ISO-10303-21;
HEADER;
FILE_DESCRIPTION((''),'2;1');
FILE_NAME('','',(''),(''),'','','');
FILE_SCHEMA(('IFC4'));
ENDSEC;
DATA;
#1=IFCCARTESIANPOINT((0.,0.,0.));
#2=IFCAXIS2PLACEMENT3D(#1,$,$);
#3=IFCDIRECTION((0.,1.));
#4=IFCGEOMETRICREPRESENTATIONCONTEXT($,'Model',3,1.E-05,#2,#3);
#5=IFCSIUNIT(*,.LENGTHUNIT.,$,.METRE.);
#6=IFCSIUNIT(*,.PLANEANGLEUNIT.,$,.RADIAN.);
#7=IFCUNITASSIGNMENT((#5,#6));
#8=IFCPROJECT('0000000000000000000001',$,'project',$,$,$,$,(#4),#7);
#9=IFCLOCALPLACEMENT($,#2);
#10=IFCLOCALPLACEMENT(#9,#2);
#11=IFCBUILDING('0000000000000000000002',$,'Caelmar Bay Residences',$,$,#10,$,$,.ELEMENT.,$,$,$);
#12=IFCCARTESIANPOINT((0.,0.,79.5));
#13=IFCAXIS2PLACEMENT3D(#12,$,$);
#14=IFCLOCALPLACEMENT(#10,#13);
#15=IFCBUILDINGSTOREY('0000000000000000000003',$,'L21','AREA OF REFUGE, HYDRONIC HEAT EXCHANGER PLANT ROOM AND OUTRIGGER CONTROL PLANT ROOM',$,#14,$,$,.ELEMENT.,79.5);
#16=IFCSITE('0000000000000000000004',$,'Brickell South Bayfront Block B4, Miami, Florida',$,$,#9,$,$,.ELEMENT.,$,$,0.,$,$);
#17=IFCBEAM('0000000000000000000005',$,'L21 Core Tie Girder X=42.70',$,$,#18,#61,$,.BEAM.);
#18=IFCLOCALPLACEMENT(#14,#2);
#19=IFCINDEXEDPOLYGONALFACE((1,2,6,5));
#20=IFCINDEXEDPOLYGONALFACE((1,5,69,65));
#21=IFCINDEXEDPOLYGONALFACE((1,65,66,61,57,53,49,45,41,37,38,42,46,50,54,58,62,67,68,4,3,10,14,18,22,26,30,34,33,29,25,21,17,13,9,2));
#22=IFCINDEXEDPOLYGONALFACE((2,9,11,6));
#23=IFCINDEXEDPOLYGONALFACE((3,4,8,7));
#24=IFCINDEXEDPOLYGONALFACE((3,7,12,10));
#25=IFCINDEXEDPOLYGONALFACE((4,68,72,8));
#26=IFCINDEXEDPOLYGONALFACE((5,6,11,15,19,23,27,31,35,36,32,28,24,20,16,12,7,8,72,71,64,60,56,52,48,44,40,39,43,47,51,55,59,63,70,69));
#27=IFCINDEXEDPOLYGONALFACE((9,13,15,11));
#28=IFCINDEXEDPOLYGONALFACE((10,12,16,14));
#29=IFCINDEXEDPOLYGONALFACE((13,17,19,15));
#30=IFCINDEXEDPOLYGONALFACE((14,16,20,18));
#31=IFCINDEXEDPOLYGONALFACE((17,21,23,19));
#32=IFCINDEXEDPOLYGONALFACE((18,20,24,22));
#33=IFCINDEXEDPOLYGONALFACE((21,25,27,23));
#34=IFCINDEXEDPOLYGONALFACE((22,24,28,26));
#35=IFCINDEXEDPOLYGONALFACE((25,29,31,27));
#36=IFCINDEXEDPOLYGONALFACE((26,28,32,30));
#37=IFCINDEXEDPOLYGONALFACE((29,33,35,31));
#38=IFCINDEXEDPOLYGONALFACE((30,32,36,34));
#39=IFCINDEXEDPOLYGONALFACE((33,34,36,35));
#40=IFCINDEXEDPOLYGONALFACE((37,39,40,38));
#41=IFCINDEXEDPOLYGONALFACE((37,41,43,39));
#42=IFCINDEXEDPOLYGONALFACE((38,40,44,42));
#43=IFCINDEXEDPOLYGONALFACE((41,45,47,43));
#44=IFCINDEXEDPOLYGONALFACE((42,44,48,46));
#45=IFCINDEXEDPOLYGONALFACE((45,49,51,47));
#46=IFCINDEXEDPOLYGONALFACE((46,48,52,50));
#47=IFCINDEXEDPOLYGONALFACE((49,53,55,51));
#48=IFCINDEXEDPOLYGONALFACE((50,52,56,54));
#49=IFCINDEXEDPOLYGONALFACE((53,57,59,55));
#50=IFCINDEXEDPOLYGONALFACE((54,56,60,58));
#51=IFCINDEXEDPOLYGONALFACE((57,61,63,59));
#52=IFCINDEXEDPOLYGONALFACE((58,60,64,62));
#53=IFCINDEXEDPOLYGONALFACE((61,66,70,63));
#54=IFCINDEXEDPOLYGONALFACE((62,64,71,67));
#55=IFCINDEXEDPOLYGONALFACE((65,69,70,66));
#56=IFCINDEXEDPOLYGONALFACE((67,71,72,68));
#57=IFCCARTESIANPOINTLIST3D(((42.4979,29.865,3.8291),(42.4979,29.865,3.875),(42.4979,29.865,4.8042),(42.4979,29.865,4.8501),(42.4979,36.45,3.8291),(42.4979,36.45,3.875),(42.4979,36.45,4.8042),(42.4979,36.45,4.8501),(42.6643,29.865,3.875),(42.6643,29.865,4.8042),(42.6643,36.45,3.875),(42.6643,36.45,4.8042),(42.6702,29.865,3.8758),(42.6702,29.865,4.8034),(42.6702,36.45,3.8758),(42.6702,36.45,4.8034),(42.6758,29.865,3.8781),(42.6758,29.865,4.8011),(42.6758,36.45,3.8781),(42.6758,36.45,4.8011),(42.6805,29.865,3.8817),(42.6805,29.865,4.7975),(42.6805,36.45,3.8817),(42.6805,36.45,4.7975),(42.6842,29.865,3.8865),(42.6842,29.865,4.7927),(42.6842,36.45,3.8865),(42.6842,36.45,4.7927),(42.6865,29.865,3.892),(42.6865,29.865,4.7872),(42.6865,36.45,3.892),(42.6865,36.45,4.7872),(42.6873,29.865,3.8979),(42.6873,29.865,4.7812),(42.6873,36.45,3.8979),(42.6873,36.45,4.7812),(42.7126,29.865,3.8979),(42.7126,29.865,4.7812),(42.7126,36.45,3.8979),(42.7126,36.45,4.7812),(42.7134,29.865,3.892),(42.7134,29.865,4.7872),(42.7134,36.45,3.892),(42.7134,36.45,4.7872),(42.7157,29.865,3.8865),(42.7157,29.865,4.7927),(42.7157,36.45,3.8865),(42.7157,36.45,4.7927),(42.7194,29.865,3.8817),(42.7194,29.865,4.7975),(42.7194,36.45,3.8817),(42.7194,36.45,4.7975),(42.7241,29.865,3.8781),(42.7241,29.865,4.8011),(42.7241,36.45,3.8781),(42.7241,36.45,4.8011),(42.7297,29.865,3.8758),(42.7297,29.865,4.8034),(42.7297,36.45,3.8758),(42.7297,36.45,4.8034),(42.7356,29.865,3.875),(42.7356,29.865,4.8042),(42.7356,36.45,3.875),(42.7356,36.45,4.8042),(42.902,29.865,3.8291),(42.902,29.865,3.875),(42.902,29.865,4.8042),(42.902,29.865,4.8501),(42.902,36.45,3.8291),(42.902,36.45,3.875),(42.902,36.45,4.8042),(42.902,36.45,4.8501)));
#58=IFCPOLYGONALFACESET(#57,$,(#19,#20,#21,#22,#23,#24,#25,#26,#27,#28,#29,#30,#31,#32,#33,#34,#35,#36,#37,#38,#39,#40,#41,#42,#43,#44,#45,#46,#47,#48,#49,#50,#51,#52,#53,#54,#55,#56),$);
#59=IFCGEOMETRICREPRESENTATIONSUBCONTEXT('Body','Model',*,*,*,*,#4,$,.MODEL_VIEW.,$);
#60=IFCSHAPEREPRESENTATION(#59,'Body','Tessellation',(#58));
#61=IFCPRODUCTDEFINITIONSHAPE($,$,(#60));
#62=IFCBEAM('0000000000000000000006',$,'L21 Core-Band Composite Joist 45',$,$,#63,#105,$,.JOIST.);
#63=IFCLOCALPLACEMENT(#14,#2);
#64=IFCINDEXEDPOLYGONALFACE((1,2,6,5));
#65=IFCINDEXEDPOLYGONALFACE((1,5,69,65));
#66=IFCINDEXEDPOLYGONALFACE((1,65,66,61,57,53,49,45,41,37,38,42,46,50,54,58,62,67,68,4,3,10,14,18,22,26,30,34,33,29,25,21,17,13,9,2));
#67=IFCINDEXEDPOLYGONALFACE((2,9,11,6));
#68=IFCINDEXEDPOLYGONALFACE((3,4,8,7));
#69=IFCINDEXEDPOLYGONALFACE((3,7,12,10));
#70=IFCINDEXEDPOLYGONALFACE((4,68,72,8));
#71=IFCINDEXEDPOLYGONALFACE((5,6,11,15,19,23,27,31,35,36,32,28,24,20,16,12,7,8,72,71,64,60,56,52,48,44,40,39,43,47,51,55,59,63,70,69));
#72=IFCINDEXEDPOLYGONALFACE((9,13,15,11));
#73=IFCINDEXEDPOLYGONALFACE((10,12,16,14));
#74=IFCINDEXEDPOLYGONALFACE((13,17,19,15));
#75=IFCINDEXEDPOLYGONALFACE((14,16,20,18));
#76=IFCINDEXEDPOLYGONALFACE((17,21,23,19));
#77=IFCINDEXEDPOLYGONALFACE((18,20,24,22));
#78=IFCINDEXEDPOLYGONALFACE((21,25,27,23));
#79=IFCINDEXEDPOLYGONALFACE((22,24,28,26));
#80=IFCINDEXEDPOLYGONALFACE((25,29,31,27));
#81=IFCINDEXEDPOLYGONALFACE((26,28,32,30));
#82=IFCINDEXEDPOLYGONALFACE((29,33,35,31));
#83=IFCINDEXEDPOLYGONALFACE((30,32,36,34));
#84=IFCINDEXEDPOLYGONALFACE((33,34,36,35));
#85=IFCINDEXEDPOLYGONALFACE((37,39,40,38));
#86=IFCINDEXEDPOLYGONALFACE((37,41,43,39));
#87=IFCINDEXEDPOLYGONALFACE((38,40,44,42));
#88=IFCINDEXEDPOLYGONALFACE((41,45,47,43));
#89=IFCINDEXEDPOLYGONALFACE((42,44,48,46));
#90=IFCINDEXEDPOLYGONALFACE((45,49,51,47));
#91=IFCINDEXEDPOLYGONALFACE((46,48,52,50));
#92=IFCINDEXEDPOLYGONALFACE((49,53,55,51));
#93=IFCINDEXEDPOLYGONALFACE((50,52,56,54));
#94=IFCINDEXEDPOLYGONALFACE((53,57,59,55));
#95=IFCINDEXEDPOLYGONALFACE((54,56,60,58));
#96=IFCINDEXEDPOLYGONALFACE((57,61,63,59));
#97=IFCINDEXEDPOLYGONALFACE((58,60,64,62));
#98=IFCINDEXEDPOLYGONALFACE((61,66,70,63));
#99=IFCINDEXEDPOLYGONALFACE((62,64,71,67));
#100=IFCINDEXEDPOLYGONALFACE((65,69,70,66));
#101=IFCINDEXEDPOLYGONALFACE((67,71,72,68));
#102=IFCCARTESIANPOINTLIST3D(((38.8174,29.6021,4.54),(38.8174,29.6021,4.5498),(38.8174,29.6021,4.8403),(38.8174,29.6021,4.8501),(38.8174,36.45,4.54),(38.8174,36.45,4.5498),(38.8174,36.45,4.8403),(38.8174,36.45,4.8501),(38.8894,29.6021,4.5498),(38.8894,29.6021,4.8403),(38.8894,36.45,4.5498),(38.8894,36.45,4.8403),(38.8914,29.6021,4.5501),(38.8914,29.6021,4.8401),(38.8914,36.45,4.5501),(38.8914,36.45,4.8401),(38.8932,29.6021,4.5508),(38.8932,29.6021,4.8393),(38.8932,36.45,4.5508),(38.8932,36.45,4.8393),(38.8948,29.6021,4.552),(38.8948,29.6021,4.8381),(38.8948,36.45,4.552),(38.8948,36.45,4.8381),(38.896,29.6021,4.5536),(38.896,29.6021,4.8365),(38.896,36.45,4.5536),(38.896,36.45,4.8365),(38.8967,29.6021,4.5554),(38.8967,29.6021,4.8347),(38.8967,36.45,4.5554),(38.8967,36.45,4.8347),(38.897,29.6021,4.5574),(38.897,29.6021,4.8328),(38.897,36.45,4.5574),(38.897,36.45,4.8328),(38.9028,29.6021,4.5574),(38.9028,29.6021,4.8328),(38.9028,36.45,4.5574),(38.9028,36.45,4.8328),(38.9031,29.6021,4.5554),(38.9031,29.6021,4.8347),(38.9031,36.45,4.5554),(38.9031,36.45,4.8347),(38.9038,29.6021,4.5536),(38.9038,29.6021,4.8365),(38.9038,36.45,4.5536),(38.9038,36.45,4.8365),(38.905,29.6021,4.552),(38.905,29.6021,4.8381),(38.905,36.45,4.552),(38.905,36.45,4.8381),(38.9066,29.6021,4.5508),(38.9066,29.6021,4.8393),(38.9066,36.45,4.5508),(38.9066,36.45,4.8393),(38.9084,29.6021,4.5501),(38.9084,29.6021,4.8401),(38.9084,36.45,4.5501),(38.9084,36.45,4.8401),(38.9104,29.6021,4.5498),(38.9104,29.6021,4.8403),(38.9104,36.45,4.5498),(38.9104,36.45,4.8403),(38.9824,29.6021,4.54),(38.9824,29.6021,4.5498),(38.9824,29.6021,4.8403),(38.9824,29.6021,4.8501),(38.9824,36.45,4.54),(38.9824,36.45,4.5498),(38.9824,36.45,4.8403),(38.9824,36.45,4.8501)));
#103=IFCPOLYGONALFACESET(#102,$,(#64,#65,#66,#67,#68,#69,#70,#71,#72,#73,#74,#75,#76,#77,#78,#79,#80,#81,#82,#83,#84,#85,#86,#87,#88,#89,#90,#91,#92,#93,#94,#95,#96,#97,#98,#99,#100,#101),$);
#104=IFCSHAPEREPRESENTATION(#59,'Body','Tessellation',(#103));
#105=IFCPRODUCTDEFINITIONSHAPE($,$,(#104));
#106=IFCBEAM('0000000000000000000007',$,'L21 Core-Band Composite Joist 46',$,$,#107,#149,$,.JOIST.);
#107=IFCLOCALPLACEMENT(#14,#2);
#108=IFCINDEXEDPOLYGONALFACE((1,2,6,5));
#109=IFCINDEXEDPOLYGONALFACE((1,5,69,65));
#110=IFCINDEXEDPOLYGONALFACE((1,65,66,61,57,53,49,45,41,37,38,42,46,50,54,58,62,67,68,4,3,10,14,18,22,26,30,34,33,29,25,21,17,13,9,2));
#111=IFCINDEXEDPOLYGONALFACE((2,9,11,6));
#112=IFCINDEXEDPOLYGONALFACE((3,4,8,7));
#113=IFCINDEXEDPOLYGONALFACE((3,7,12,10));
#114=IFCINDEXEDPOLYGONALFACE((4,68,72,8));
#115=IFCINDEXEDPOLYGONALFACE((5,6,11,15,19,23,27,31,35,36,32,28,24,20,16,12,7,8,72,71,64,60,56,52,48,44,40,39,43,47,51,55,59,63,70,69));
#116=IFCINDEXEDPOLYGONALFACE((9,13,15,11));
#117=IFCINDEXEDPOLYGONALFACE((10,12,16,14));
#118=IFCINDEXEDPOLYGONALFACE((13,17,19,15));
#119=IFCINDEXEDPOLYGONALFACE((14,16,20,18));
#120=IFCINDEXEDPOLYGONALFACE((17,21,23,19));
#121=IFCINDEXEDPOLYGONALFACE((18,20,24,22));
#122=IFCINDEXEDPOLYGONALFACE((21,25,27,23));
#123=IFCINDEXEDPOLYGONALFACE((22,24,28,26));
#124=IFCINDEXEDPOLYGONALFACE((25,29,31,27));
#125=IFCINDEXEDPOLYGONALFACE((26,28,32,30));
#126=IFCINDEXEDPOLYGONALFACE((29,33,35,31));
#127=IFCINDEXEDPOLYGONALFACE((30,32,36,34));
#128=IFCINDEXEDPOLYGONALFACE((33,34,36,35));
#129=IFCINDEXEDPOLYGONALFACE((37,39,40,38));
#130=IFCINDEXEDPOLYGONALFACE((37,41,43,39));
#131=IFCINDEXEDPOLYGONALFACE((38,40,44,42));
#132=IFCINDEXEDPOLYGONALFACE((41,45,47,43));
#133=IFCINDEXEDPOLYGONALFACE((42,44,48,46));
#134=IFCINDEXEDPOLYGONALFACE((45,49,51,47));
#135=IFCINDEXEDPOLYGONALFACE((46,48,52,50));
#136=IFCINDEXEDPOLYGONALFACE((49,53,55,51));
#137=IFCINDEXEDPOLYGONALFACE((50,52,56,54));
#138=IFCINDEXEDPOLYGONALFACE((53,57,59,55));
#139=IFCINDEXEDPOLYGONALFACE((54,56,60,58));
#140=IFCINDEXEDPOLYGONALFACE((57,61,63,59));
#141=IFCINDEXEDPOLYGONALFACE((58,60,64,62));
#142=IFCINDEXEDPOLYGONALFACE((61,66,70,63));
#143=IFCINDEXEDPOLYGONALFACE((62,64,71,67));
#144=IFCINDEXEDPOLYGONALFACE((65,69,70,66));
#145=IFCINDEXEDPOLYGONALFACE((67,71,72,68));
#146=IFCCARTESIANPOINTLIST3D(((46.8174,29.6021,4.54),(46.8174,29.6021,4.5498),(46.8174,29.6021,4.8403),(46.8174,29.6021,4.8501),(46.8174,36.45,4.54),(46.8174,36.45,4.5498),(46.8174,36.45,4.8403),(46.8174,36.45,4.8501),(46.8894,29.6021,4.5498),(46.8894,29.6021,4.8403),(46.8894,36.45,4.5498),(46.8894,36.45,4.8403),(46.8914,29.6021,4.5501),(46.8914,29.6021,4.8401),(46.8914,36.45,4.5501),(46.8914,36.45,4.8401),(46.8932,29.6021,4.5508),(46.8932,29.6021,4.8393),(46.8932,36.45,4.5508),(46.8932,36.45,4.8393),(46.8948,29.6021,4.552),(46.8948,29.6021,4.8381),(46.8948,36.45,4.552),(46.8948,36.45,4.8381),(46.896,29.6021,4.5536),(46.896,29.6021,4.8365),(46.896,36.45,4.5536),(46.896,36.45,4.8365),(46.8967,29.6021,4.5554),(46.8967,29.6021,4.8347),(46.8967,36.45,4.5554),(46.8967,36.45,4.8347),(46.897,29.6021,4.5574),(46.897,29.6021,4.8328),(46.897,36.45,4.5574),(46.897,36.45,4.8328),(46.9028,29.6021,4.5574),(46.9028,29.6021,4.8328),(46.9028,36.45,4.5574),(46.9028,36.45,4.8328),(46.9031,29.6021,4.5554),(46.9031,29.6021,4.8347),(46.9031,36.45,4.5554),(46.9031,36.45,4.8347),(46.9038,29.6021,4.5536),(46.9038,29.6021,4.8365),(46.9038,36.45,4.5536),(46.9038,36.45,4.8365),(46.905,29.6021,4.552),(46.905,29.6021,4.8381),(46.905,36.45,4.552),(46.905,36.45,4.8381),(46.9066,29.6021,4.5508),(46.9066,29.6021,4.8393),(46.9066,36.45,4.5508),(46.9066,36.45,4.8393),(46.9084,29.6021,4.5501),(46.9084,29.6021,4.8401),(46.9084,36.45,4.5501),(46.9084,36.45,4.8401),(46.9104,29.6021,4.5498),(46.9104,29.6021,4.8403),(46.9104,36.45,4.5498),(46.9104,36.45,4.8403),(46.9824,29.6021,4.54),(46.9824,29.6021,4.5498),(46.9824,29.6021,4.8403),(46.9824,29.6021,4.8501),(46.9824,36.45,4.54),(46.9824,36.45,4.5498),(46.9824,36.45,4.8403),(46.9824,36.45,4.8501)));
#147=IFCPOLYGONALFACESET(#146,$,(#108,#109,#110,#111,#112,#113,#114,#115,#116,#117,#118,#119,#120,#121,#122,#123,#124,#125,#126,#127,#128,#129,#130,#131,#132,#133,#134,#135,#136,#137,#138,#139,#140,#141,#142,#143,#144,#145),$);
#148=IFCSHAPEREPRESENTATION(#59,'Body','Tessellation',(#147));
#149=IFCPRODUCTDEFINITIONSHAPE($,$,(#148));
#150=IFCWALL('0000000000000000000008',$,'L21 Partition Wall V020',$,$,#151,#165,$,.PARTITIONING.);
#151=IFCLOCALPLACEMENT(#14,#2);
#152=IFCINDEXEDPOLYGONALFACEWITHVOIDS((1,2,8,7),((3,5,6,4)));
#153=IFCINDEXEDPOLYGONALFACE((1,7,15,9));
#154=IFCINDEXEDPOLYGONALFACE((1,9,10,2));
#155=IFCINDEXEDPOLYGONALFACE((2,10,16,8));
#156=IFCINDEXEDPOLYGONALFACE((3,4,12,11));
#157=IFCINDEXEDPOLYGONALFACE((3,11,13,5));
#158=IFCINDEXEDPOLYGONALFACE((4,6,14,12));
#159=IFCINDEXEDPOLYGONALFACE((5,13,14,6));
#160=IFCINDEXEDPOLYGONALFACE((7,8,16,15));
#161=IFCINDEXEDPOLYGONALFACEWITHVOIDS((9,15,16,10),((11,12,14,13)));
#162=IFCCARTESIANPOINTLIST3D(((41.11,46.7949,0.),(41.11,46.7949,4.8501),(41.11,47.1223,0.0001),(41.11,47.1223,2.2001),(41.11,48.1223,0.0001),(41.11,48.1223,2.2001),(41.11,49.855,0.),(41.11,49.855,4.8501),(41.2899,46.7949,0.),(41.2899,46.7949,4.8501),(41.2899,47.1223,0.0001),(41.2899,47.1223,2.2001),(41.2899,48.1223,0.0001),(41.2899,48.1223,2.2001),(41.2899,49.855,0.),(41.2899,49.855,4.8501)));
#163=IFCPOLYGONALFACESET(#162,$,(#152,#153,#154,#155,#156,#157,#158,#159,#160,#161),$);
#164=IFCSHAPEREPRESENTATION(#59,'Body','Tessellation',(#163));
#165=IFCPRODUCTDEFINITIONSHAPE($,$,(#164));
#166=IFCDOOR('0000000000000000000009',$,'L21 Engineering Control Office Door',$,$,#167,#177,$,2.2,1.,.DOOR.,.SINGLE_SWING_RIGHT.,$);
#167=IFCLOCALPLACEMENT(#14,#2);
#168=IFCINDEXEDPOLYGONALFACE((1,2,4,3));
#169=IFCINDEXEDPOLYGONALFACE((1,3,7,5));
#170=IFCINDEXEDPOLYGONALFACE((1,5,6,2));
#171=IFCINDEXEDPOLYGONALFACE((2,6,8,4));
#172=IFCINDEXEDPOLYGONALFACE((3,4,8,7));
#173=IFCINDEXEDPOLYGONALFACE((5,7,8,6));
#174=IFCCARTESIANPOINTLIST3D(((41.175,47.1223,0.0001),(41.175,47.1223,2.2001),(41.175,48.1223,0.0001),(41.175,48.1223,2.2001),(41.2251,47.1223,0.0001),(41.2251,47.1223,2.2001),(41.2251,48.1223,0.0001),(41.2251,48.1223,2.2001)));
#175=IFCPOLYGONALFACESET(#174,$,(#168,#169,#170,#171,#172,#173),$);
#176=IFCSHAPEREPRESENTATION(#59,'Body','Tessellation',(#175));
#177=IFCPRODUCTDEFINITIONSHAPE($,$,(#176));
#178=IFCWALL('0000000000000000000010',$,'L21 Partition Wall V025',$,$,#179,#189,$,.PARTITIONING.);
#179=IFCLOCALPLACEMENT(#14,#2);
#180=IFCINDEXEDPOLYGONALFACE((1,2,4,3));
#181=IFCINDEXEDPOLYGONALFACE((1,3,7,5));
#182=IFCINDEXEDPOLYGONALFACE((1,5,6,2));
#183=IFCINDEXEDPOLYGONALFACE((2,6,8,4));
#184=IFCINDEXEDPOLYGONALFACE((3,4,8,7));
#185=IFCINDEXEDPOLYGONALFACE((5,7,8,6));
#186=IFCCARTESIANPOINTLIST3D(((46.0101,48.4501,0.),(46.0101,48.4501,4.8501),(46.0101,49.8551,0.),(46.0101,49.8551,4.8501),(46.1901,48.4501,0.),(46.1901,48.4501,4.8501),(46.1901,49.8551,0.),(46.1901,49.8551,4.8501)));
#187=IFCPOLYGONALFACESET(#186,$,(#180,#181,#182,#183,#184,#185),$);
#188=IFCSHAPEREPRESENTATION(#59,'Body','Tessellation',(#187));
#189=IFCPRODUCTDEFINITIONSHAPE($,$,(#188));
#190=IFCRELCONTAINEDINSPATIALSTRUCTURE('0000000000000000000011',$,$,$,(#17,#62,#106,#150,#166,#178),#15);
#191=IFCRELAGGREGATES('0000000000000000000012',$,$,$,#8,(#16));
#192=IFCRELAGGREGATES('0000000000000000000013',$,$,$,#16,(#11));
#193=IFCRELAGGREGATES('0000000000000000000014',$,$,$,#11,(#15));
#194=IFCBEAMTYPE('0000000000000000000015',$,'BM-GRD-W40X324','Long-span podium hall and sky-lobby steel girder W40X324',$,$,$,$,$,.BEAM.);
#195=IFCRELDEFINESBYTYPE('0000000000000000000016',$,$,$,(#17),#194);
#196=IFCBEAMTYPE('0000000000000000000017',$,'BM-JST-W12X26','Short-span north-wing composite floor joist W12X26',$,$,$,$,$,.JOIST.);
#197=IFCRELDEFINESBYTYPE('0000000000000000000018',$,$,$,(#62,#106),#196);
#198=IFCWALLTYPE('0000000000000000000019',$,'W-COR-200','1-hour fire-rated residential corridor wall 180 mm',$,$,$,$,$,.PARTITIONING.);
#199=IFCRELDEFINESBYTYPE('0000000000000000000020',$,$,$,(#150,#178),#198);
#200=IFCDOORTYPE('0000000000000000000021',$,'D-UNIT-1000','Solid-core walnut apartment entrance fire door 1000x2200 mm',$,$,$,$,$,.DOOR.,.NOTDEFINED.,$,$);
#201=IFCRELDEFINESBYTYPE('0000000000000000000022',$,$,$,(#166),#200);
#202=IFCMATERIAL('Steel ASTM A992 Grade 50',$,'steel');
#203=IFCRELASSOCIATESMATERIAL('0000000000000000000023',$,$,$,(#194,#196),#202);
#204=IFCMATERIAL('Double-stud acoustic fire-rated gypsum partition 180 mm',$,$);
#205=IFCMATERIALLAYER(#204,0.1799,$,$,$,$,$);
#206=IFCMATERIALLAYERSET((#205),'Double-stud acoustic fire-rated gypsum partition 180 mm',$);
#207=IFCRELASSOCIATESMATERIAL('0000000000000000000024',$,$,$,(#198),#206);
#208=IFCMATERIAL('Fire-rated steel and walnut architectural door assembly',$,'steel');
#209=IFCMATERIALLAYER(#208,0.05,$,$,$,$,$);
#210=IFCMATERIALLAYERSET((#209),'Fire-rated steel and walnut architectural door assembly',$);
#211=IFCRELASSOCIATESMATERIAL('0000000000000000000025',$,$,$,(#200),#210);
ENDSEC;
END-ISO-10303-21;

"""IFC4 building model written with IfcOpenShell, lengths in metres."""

from ifc_helpers import new_model, si_unit, direction, frame, frame_2d, origin, origin_2d, place, context, subcontext, project, spatial, rectangle, i_section, extrude, material, layer, layer_set, material_profile, profile_set, type_object, element, fill, save


model = new_model("IFC4")

# Units and contexts
model_context = context("Model", 3, precision=1e-05, world=origin(), true_north=direction((0.0, 1.0)))
body_context = subcontext(model_context, "Body", "Model", "MODEL_VIEW")
ifc_project = project(units=[si_unit("LENGTHUNIT", "METRE"), si_unit("PLANEANGLEUNIT", "RADIAN")], contexts=[model_context])

# Site, building, storey
site_placement = place(None, origin())
site = spatial("IfcSite", under=ifc_project, at=site_placement, Name="Brickell South Bayfront Block B4, Miami, Florida", CompositionType="ELEMENT", RefElevation=0.0)
building_placement = place(site_placement, origin())
building = spatial("IfcBuilding", under=site, at=building_placement, Name="Caelmar Bay Residences", CompositionType="ELEMENT")
storey_placement = place(building_placement, frame((0.0, 0.0, 79.5)))
storey = spatial("IfcBuildingStorey", under=building, at=storey_placement, Name="L21", Description="AREA OF REFUGE, HYDRONIC HEAT EXCHANGER PLANT ROOM AND OUTRIGGER CONTROL PLANT ROOM", CompositionType="ELEMENT", Elevation=79.5)

# Beams
ifc_material_1 = material(Name="Steel ASTM A992 Grade 50", Category="steel")
ifc_material_profile_1 = material_profile(ifc_material_1, i_section(OverallWidth=0.4041, OverallDepth=1.021, WebThickness=0.0254, FlangeThickness=0.0459, FilletRadius=0.0229, at=origin_2d()), Name="W40X324")
ifc_profile_set_1 = profile_set([ifc_material_profile_1], Name="Steel ASTM A992 Grade 50")
beam_type_1 = type_object("IfcBeamType", Name="BM-GRD-W40X324", Description="Long-span podium hall and sky-lobby steel girder W40X324", PredefinedType="BEAM", material=ifc_profile_set_1)
beam_placement = place(storey_placement, frame((42.7, 29.865, 4.3396), z_axis=(0.0, 1.0, 0.0), x_axis=(-1.0, 0.0, 0.0)))
element("IfcBeam", 1, at=beam_placement, inside=storey, type_object=beam_type_1, Name="L21 Core Tie Girder X=42.70", PredefinedType="BEAM", context=body_context, shape_type="SweptSolid", body=[
    extrude(i_section(OverallWidth=0.4041, OverallDepth=1.021, WebThickness=0.0254, FlangeThickness=0.0459, FilletRadius=0.0229, at=origin_2d()), origin(), (0.0, 0.0, 1.0), 6.585),
])
ifc_material_profile_2 = material_profile(ifc_material_1, i_section(OverallWidth=0.165, OverallDepth=0.3101, WebThickness=0.0059, FlangeThickness=0.0098, FilletRadius=0.0076, at=origin_2d()), Name="W12X26")
ifc_profile_set_2 = profile_set([ifc_material_profile_2], Name="Steel ASTM A992 Grade 50")
beam_type_2 = type_object("IfcBeamType", Name="BM-JST-W12X26", Description="Short-span north-wing composite floor joist W12X26", PredefinedType="JOIST", material=ifc_profile_set_2)
for number, where, z_axis, x_axis, name in (
    (2, (38.8999, 29.6021, 4.6951), (0.0, 1.0, 0.0), (-1.0, 0.0, 0.0), "L21 Core-Band Composite Joist 45"),
    (3, (46.8999, 29.6021, 4.6951), (0.0, 1.0, 0.0), (-1.0, 0.0, 0.0), "L21 Core-Band Composite Joist 46"),
):
    element("IfcBeam", number, at=place(storey_placement, frame(where, z_axis=z_axis, x_axis=x_axis)), inside=storey, type_object=beam_type_2, Name=name, PredefinedType="JOIST", context=body_context, shape_type="SweptSolid", body=[
        extrude(i_section(OverallWidth=0.165, OverallDepth=0.3101, WebThickness=0.0059, FlangeThickness=0.0098, FilletRadius=0.0076, at=origin_2d()), origin(), (0.0, 0.0, 1.0), 6.8479),
    ])

# Wall, opening, door
ifc_material_2 = material(Name="Double-stud acoustic fire-rated gypsum partition 180 mm")
ifc_layer_1 = layer(ifc_material_2, 0.1799)
ifc_layer_set_1 = layer_set([ifc_layer_1], Name="Double-stud acoustic fire-rated gypsum partition 180 mm")
wall_type_1 = type_object("IfcWallType", Name="W-COR-200", Description="1-hour fire-rated residential corridor wall 180 mm", PredefinedType="PARTITIONING", material=ifc_layer_set_1)
wall_1_placement = place(storey_placement, frame((41.2, 46.7949, 0.0), z_axis=(0.0, 0.0, 1.0), x_axis=(0.0, 1.0, 0.0)))
wall_1 = element("IfcWall", 4, at=wall_1_placement, inside=storey, type_object=wall_type_1, Name="L21 Partition Wall V020", PredefinedType="PARTITIONING", context=body_context, shape_type="SweptSolid", body=[
    extrude(rectangle(XDim=3.0601, YDim=0.1799, at=frame_2d((1.53, 0.0))), origin(), (0.0, 0.0, 1.0), 4.8501),
])
opening_1_placement = place(wall_1_placement, frame((0.3274, 0.0, 0.0)))
opening_1 = element("IfcOpeningElement", 5, at=opening_1_placement, cuts=wall_1, PredefinedType="OPENING", context=body_context, shape_type="SweptSolid", body=[
    extrude(rectangle(XDim=1.0, YDim=2.2, at=frame_2d((0.5, 1.1001))), frame((0.0, 0.0999, 0.0), z_axis=(0.0, -1.0, 0.0), x_axis=(1.0, 0.0, 0.0)), (0.0, 0.0, 1.0), 0.2),
])
ifc_material_3 = material(Name="Fire-rated steel and walnut architectural door assembly", Category="steel")
ifc_layer_2 = layer(ifc_material_3, 0.05)
ifc_layer_set_2 = layer_set([ifc_layer_2], Name="Fire-rated steel and walnut architectural door assembly")
door_type_1 = type_object("IfcDoorType", Name="D-UNIT-1000", Description="Solid-core walnut apartment entrance fire door 1000x2200 mm", OperationType="NOTDEFINED", PredefinedType="DOOR", material=ifc_layer_set_2)
door_1_placement = place(opening_1_placement, origin())
door_1 = element("IfcDoor", 6, at=door_1_placement, inside=storey, type_object=door_type_1, Name="L21 Engineering Control Office Door", OperationType="SINGLE_SWING_RIGHT", OverallHeight=2.2, OverallWidth=1.0, PredefinedType="DOOR", context=body_context, shape_type="SweptSolid", body=[
    extrude(rectangle(XDim=1.0, YDim=2.2, at=frame_2d((0.5, 1.1001))), frame((0.0, 0.0249, 0.0), z_axis=(0.0, -1.0, 0.0), x_axis=(1.0, 0.0, 0.0)), (0.0, 0.0, 1.0), 0.05),
])
fill(opening_1, door_1)

# Wall
wall_2_placement = place(storey_placement, frame((46.1001, 48.45, 0.0), z_axis=(0.0, 0.0, 1.0), x_axis=(0.0, 1.0, 0.0)))
element("IfcWall", 7, at=wall_2_placement, inside=storey, type_object=wall_type_1, Name="L21 Partition Wall V025", PredefinedType="PARTITIONING", context=body_context, shape_type="SweptSolid", body=[
    extrude(rectangle(XDim=1.405, YDim=0.1799, at=frame_2d((0.7026, 0.0))), origin(), (0.0, 0.0, 1.0), 4.8501),
])

save(model, "model.ifc")
